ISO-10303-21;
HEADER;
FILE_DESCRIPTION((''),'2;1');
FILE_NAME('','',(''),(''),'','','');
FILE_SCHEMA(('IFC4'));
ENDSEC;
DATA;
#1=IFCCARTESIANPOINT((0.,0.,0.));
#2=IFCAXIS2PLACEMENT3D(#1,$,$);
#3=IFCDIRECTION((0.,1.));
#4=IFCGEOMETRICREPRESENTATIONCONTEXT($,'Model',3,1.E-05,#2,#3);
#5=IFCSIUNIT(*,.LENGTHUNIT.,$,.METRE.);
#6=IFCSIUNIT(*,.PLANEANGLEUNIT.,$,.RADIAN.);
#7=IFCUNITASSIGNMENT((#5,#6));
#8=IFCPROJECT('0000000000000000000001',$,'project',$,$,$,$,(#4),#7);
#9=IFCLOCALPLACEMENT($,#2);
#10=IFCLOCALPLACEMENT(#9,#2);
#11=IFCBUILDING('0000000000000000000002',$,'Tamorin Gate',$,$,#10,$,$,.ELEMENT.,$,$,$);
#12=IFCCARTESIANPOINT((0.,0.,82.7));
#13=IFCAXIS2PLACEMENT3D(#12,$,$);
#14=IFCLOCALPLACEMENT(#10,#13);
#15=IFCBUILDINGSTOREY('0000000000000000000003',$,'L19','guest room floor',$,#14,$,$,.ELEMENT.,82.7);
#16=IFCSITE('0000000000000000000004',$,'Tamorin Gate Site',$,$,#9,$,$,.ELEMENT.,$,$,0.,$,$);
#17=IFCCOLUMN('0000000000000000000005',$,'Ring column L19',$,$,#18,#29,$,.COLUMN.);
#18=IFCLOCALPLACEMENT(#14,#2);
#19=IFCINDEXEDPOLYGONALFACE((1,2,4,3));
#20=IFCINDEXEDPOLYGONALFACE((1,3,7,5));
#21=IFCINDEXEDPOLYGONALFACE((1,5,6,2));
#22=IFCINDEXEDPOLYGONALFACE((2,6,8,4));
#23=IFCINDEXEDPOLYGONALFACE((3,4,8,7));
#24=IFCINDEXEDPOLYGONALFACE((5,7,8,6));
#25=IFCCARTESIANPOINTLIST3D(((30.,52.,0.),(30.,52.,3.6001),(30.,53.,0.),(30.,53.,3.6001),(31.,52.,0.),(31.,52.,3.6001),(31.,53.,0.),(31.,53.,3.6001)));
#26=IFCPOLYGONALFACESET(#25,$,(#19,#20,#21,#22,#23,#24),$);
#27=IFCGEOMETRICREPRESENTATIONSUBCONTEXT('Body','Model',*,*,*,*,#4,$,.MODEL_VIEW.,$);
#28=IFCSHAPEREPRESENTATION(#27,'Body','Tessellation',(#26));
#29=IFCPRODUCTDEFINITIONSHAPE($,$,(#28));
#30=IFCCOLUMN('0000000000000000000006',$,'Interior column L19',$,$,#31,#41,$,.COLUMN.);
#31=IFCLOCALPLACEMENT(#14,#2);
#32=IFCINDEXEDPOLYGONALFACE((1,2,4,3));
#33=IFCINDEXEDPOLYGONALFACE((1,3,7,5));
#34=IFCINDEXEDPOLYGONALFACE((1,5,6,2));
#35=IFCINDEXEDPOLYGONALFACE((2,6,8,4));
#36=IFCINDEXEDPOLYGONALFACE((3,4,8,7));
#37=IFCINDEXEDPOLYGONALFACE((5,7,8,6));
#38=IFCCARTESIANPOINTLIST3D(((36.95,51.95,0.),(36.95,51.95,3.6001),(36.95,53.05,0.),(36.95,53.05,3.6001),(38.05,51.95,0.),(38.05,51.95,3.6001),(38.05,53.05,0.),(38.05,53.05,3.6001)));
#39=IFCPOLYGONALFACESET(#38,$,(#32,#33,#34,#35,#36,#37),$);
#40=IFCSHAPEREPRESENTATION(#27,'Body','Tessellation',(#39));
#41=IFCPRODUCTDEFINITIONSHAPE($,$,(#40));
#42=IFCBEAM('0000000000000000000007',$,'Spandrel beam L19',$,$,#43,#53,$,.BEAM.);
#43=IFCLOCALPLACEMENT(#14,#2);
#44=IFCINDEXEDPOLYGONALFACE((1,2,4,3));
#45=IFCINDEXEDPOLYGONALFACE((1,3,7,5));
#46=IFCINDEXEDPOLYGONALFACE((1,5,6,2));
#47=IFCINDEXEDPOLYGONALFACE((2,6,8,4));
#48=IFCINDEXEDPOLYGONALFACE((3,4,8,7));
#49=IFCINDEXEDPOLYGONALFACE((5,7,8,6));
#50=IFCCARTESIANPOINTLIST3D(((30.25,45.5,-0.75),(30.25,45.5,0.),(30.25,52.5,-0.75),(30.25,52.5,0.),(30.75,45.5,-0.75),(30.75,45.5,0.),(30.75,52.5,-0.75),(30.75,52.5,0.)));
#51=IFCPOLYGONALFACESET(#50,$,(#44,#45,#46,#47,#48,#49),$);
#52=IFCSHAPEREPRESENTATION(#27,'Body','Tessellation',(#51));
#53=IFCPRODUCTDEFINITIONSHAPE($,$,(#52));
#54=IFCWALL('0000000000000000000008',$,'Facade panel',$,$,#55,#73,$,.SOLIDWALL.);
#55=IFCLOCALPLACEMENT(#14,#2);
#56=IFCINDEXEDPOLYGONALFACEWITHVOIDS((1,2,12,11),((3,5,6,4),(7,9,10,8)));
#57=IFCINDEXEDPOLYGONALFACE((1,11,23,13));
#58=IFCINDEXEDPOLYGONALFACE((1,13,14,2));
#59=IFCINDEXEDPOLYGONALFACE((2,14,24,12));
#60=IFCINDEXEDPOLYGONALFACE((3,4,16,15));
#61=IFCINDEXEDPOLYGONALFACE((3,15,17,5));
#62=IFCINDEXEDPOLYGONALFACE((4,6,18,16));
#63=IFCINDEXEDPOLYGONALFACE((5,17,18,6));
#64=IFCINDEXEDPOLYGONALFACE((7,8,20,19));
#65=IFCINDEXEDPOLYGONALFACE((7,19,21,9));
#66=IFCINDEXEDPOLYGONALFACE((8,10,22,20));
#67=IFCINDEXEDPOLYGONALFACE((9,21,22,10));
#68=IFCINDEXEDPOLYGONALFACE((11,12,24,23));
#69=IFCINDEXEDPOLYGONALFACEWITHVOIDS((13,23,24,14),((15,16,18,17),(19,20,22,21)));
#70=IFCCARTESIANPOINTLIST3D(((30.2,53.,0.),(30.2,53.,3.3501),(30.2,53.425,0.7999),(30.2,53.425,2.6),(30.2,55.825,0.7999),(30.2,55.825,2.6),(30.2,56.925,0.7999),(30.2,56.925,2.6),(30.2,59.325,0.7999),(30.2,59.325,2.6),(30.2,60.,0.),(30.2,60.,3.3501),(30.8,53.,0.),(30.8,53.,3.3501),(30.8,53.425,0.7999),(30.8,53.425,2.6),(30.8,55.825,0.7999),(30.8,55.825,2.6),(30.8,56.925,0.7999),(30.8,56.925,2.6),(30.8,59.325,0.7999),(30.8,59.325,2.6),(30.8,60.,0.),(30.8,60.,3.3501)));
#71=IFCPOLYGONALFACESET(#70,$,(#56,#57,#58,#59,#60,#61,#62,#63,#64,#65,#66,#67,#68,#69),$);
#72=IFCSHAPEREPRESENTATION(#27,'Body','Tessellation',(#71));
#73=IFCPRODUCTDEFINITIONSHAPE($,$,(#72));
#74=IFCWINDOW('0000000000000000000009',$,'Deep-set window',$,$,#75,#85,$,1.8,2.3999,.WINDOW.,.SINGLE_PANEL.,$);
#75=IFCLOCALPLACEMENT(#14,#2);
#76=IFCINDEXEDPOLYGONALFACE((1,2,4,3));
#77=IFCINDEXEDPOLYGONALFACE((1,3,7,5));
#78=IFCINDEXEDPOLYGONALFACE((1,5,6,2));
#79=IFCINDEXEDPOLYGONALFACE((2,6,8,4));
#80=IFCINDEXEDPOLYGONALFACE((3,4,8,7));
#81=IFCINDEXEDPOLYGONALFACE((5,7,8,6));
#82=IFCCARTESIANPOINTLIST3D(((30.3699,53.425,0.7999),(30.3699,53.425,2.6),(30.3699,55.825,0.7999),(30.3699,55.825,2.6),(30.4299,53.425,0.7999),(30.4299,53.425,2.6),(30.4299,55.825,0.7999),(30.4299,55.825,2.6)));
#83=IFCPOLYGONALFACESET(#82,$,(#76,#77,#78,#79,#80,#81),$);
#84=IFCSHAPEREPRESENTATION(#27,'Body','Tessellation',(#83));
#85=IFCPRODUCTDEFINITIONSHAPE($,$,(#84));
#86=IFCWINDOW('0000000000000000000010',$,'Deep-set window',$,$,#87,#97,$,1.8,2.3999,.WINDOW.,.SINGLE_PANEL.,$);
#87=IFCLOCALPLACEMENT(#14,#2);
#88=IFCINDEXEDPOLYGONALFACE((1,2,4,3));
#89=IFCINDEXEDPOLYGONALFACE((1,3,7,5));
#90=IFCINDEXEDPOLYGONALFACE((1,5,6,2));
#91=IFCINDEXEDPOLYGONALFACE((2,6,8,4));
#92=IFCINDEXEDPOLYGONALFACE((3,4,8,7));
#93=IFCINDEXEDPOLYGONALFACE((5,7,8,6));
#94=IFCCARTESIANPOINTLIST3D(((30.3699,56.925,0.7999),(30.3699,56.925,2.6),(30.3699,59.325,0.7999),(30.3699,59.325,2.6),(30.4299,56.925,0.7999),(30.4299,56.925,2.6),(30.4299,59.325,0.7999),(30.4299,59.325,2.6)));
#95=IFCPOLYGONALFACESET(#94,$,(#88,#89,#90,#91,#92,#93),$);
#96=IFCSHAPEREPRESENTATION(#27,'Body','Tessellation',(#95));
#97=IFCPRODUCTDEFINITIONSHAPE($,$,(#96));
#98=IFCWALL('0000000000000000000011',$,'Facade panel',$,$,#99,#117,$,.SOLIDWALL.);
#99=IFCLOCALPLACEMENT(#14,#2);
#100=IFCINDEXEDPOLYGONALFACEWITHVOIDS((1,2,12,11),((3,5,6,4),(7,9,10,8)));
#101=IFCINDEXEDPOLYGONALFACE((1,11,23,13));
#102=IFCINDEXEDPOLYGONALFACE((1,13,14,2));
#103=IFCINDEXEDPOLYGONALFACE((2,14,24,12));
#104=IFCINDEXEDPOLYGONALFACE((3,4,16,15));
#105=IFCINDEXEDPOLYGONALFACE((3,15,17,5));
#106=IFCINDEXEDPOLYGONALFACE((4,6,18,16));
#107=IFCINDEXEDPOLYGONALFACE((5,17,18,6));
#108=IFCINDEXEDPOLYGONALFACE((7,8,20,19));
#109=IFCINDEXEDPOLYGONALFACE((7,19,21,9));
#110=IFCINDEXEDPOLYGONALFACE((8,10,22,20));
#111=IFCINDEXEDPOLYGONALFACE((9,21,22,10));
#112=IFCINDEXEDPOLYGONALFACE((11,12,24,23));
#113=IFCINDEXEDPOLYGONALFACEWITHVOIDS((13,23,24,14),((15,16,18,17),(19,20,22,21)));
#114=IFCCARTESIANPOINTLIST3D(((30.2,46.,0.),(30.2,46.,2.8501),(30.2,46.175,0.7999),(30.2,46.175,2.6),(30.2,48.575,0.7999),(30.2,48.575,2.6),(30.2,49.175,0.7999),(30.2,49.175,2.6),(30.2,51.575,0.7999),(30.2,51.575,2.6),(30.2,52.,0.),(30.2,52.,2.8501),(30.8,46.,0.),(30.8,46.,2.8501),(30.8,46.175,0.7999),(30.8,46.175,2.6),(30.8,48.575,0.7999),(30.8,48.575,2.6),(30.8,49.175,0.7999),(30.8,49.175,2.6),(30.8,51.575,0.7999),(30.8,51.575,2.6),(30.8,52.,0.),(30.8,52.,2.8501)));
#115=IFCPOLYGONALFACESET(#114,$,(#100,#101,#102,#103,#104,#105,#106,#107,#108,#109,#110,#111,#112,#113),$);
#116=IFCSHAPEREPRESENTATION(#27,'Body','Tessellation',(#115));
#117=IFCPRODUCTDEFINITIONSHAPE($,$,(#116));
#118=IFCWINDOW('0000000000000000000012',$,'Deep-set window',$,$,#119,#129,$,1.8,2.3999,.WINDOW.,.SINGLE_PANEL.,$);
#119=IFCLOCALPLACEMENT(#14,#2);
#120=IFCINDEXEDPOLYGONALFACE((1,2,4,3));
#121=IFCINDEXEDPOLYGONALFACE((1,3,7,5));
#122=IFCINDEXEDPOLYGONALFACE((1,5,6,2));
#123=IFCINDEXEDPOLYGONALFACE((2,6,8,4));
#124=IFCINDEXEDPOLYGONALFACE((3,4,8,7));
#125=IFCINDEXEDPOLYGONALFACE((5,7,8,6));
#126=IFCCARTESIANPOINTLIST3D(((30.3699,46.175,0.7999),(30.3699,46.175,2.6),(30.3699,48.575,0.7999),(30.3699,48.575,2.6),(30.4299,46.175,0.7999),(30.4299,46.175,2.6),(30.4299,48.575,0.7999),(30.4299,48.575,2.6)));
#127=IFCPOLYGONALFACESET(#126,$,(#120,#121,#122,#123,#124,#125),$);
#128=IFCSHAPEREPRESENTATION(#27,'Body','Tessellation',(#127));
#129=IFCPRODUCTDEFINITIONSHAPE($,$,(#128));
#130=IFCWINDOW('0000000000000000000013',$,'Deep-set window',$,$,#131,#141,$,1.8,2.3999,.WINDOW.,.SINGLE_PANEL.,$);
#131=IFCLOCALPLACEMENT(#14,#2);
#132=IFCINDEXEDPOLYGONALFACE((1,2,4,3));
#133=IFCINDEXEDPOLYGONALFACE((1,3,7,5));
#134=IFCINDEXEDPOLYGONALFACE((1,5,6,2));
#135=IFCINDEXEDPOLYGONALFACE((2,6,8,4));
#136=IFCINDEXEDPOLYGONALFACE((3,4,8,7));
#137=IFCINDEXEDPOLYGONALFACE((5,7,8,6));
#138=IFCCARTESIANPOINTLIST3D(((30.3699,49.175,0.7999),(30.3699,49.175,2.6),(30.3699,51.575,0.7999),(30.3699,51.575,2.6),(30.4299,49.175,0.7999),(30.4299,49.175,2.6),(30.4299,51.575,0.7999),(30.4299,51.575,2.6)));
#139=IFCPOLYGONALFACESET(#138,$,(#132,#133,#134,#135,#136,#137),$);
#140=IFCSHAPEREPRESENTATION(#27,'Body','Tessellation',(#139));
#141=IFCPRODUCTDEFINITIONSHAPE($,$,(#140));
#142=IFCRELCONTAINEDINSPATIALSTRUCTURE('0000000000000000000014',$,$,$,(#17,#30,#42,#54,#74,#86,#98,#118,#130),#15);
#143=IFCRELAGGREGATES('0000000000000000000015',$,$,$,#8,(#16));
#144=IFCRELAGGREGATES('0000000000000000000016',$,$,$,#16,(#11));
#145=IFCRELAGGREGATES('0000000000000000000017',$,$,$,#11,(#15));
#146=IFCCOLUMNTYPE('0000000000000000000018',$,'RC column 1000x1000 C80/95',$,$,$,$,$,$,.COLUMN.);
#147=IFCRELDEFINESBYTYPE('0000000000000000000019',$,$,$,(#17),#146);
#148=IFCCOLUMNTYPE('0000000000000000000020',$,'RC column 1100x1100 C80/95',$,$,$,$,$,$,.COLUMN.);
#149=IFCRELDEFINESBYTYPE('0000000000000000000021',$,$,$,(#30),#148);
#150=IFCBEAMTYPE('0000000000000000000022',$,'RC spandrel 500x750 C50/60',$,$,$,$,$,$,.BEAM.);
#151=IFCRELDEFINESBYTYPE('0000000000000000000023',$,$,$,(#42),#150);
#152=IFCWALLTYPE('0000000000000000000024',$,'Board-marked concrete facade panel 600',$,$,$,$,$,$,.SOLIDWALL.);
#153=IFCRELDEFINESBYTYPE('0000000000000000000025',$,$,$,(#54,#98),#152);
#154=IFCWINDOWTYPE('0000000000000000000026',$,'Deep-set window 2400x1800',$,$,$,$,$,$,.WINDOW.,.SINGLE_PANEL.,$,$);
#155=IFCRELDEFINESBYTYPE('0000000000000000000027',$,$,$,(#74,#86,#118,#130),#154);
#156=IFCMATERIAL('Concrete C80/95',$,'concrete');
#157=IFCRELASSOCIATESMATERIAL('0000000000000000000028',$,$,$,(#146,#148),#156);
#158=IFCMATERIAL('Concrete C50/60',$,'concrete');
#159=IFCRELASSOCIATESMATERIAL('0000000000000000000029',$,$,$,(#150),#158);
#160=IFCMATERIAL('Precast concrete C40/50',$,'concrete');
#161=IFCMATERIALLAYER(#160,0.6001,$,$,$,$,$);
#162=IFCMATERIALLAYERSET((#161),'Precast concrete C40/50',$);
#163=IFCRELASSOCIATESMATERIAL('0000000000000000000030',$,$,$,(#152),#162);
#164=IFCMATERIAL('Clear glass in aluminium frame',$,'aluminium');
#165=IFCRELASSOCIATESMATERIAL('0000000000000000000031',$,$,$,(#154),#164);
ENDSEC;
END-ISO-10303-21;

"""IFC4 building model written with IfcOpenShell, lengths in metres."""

from ifc_helpers import new_model, si_unit, direction, frame, frame_2d, origin, origin_2d, place, context, subcontext, project, spatial, rectangle, extrude, material, layer, layer_set, material_profile, profile_set, type_object, element, fill, save


model = new_model("IFC4")

# Units and contexts
model_context = context("Model", 3, precision=1e-05, world=origin(), true_north=direction((0.0, 1.0)))
body_context = subcontext(model_context, "Body", "Model", "MODEL_VIEW")
ifc_project = project(units=[si_unit("LENGTHUNIT", "METRE"), si_unit("PLANEANGLEUNIT", "RADIAN")], contexts=[model_context])

# Site, building, storey
site_placement = place(None, origin())
site = spatial("IfcSite", under=ifc_project, at=site_placement, Name="Tamorin Gate Site", CompositionType="ELEMENT", RefElevation=0.0)
building_placement = place(site_placement, origin())
building = spatial("IfcBuilding", under=site, at=building_placement, Name="Tamorin Gate", CompositionType="ELEMENT")
storey_placement = place(building_placement, frame((0.0, 0.0, 82.7)))
storey = spatial("IfcBuildingStorey", under=building, at=storey_placement, Name="L19", Description="guest room floor", CompositionType="ELEMENT", Elevation=82.7)

# Columns
ifc_material_1 = material(Name="Concrete C80/95", Category="concrete")
ifc_material_profile_1 = material_profile(ifc_material_1, rectangle(XDim=1.0, YDim=1.0, at=origin_2d()), Name="RC 1000x1000")
ifc_profile_set_1 = profile_set([ifc_material_profile_1], Name="Concrete C80/95")
column_type_1 = type_object("IfcColumnType", Name="RC column 1000x1000 C80/95", PredefinedType="COLUMN", material=ifc_profile_set_1)
column_1_placement = place(storey_placement, frame((30.5, 52.5, 0.0), z_axis=(0.0, 0.0, 1.0), x_axis=(1.0, 0.0, 0.0)))
element("IfcColumn", 1, at=column_1_placement, inside=storey, type_object=column_type_1, Name="Ring column L19", PredefinedType="COLUMN", context=body_context, shape_type="SweptSolid", body=[
    extrude(rectangle(XDim=1.0, YDim=1.0, at=origin_2d()), origin(), (0.0, 0.0, 1.0), 3.6001),
])
ifc_material_profile_2 = material_profile(ifc_material_1, rectangle(XDim=1.1001, YDim=1.1001, at=origin_2d()), Name="RC 1100x1100")
ifc_profile_set_2 = profile_set([ifc_material_profile_2], Name="Concrete C80/95")
column_type_2 = type_object("IfcColumnType", Name="RC column 1100x1100 C80/95", PredefinedType="COLUMN", material=ifc_profile_set_2)
column_2_placement = place(storey_placement, frame((37.5, 52.5, 0.0), z_axis=(0.0, 0.0, 1.0), x_axis=(1.0, 0.0, 0.0)))
element("IfcColumn", 2, at=column_2_placement, inside=storey, type_object=column_type_2, Name="Interior column L19", PredefinedType="COLUMN", context=body_context, shape_type="SweptSolid", body=[
    extrude(rectangle(XDim=1.1001, YDim=1.1001, at=origin_2d()), origin(), (0.0, 0.0, 1.0), 3.6001),
])

# Beam
ifc_material_2 = material(Name="Concrete C50/60", Category="concrete")
ifc_material_profile_3 = material_profile(ifc_material_2, rectangle(XDim=0.5, YDim=0.75, at=origin_2d()), Name="RC 500x750")
ifc_profile_set_3 = profile_set([ifc_material_profile_3], Name="Concrete C50/60")
beam_type = type_object("IfcBeamType", Name="RC spandrel 500x750 C50/60", PredefinedType="BEAM", material=ifc_profile_set_3)
beam_placement = place(storey_placement, frame((30.5, 52.5, -0.375), z_axis=(0.0, -1.0, 0.0), x_axis=(1.0, 0.0, 0.0)))
element("IfcBeam", 3, at=beam_placement, inside=storey, type_object=beam_type, Name="Spandrel beam L19", PredefinedType="BEAM", context=body_context, shape_type="SweptSolid", body=[
    extrude(rectangle(XDim=0.5, YDim=0.75, at=origin_2d()), origin(), (0.0, 0.0, 1.0), 7.0),
])

# Walls, openings, windows
ifc_material_3 = material(Name="Precast concrete C40/50", Category="concrete")
ifc_layer_1 = layer(ifc_material_3, 0.6001)
ifc_layer_set_1 = layer_set([ifc_layer_1], Name="Precast concrete C40/50")
wall_type_1 = type_object("IfcWallType", Name="Board-marked concrete facade panel 600", PredefinedType="SOLIDWALL", material=ifc_layer_set_1)
wall_1_placement = place(storey_placement, frame((30.5, 60.0, 0.0), z_axis=(0.0, 0.0, 1.0), x_axis=(0.0, -1.0, 0.0)))
wall_1 = element("IfcWall", 4, at=wall_1_placement, inside=storey, type_object=wall_type_1, Name="Facade panel", PredefinedType="SOLIDWALL", context=body_context, shape_type="SweptSolid", body=[
    extrude(rectangle(XDim=7.0, YDim=0.6001, at=frame_2d((3.5, 0.0))), origin(), (0.0, 0.0, 1.0), 3.3501),
])
opening_1_placement = place(wall_1_placement, frame((4.175, 0.0, 0.8)))
opening_1 = element("IfcOpeningElement", 5, at=opening_1_placement, cuts=wall_1, PredefinedType="OPENING", context=body_context, shape_type="SweptSolid", body=[
    extrude(rectangle(XDim=2.3999, YDim=1.8, at=frame_2d((1.2, 0.8999))), frame((0.0, 0.3101, 0.0), z_axis=(0.0, -1.0, 0.0), x_axis=(1.0, 0.0, 0.0)), (0.0, 0.0, 1.0), 0.6201),
])
opening_2_placement = place(wall_1_placement, frame((0.675, 0.0, 0.8)))
opening_2 = element("IfcOpeningElement", 6, at=opening_2_placement, cuts=wall_1, PredefinedType="OPENING", context=body_context, shape_type="SweptSolid", body=[
    extrude(rectangle(XDim=2.3999, YDim=1.8, at=frame_2d((1.2, 0.8999))), frame((0.0, 0.3101, 0.0), z_axis=(0.0, -1.0, 0.0), x_axis=(1.0, 0.0, 0.0)), (0.0, 0.0, 1.0), 0.6201),
])
ifc_material_4 = material(Name="Clear glass in aluminium frame", Category="aluminium")
window_type = type_object("IfcWindowType", Name="Deep-set window 2400x1800", PartitioningType="SINGLE_PANEL", PredefinedType="WINDOW", material=ifc_material_4)
window_1_placement = place(opening_1_placement, origin())
window_1 = element("IfcWindow", 7, at=window_1_placement, inside=storey, type_object=window_type, Name="Deep-set window", OverallHeight=1.8, OverallWidth=2.3999, PartitioningType="SINGLE_PANEL", PredefinedType="WINDOW", context=body_context, shape_type="SweptSolid", body=[
    extrude(rectangle(XDim=2.3999, YDim=1.8, at=frame_2d((1.2, 0.8999))), frame((0.0, -0.0701, 0.0), z_axis=(0.0, -1.0, 0.0), x_axis=(1.0, 0.0, 0.0)), (0.0, 0.0, 1.0), 0.0601),
])
fill(opening_1, window_1)
window_2_placement = place(opening_2_placement, origin())
window_2 = element("IfcWindow", 8, at=window_2_placement, inside=storey, type_object=window_type, Name="Deep-set window", OverallHeight=1.8, OverallWidth=2.3999, PartitioningType="SINGLE_PANEL", PredefinedType="WINDOW", context=body_context, shape_type="SweptSolid", body=[
    extrude(rectangle(XDim=2.3999, YDim=1.8, at=frame_2d((1.2, 0.8999))), frame((0.0, -0.0701, 0.0), z_axis=(0.0, -1.0, 0.0), x_axis=(1.0, 0.0, 0.0)), (0.0, 0.0, 1.0), 0.0601),
])
fill(opening_2, window_2)
wall_2_placement = place(storey_placement, frame((30.5, 52.0, 0.0), z_axis=(0.0, 0.0, 1.0), x_axis=(0.0, -1.0, 0.0)))
wall_2 = element("IfcWall", 9, at=wall_2_placement, inside=storey, type_object=wall_type_1, Name="Facade panel", PredefinedType="SOLIDWALL", context=body_context, shape_type="SweptSolid", body=[
    extrude(rectangle(XDim=6.0, YDim=0.6001, at=frame_2d((3.0, 0.0))), origin(), (0.0, 0.0, 1.0), 2.8501),
])
opening_3_placement = place(wall_2_placement, frame((3.425, 0.0, 0.8)))
opening_3 = element("IfcOpeningElement", 10, at=opening_3_placement, cuts=wall_2, PredefinedType="OPENING", context=body_context, shape_type="SweptSolid", body=[
    extrude(rectangle(XDim=2.3999, YDim=1.8, at=frame_2d((1.2, 0.8999))), frame((0.0, 0.3101, 0.0), z_axis=(0.0, -1.0, 0.0), x_axis=(1.0, 0.0, 0.0)), (0.0, 0.0, 1.0), 0.6201),
])
opening_4_placement = place(wall_2_placement, frame((0.425, 0.0, 0.8)))
opening_4 = element("IfcOpeningElement", 11, at=opening_4_placement, cuts=wall_2, PredefinedType="OPENING", context=body_context, shape_type="SweptSolid", body=[
    extrude(rectangle(XDim=2.3999, YDim=1.8, at=frame_2d((1.2, 0.8999))), frame((0.0, 0.3101, 0.0), z_axis=(0.0, -1.0, 0.0), x_axis=(1.0, 0.0, 0.0)), (0.0, 0.0, 1.0), 0.6201),
])
window_3_placement = place(opening_3_placement, origin())
window_3 = element("IfcWindow", 12, at=window_3_placement, inside=storey, type_object=window_type, Name="Deep-set window", OverallHeight=1.8, OverallWidth=2.3999, PartitioningType="SINGLE_PANEL", PredefinedType="WINDOW", context=body_context, shape_type="SweptSolid", body=[
    extrude(rectangle(XDim=2.3999, YDim=1.8, at=frame_2d((1.2, 0.8999))), frame((0.0, -0.0701, 0.0), z_axis=(0.0, -1.0, 0.0), x_axis=(1.0, 0.0, 0.0)), (0.0, 0.0, 1.0), 0.0601),
])
fill(opening_3, window_3)
window_4_placement = place(opening_4_placement, origin())
window_4 = element("IfcWindow", 13, at=window_4_placement, inside=storey, type_object=window_type, Name="Deep-set window", OverallHeight=1.8, OverallWidth=2.3999, PartitioningType="SINGLE_PANEL", PredefinedType="WINDOW", context=body_context, shape_type="SweptSolid", body=[
    extrude(rectangle(XDim=2.3999, YDim=1.8, at=frame_2d((1.2, 0.8999))), frame((0.0, -0.0701, 0.0), z_axis=(0.0, -1.0, 0.0), x_axis=(1.0, 0.0, 0.0)), (0.0, 0.0, 1.0), 0.0601),
])
fill(opening_4, window_4)

save(model, "model.ifc")
